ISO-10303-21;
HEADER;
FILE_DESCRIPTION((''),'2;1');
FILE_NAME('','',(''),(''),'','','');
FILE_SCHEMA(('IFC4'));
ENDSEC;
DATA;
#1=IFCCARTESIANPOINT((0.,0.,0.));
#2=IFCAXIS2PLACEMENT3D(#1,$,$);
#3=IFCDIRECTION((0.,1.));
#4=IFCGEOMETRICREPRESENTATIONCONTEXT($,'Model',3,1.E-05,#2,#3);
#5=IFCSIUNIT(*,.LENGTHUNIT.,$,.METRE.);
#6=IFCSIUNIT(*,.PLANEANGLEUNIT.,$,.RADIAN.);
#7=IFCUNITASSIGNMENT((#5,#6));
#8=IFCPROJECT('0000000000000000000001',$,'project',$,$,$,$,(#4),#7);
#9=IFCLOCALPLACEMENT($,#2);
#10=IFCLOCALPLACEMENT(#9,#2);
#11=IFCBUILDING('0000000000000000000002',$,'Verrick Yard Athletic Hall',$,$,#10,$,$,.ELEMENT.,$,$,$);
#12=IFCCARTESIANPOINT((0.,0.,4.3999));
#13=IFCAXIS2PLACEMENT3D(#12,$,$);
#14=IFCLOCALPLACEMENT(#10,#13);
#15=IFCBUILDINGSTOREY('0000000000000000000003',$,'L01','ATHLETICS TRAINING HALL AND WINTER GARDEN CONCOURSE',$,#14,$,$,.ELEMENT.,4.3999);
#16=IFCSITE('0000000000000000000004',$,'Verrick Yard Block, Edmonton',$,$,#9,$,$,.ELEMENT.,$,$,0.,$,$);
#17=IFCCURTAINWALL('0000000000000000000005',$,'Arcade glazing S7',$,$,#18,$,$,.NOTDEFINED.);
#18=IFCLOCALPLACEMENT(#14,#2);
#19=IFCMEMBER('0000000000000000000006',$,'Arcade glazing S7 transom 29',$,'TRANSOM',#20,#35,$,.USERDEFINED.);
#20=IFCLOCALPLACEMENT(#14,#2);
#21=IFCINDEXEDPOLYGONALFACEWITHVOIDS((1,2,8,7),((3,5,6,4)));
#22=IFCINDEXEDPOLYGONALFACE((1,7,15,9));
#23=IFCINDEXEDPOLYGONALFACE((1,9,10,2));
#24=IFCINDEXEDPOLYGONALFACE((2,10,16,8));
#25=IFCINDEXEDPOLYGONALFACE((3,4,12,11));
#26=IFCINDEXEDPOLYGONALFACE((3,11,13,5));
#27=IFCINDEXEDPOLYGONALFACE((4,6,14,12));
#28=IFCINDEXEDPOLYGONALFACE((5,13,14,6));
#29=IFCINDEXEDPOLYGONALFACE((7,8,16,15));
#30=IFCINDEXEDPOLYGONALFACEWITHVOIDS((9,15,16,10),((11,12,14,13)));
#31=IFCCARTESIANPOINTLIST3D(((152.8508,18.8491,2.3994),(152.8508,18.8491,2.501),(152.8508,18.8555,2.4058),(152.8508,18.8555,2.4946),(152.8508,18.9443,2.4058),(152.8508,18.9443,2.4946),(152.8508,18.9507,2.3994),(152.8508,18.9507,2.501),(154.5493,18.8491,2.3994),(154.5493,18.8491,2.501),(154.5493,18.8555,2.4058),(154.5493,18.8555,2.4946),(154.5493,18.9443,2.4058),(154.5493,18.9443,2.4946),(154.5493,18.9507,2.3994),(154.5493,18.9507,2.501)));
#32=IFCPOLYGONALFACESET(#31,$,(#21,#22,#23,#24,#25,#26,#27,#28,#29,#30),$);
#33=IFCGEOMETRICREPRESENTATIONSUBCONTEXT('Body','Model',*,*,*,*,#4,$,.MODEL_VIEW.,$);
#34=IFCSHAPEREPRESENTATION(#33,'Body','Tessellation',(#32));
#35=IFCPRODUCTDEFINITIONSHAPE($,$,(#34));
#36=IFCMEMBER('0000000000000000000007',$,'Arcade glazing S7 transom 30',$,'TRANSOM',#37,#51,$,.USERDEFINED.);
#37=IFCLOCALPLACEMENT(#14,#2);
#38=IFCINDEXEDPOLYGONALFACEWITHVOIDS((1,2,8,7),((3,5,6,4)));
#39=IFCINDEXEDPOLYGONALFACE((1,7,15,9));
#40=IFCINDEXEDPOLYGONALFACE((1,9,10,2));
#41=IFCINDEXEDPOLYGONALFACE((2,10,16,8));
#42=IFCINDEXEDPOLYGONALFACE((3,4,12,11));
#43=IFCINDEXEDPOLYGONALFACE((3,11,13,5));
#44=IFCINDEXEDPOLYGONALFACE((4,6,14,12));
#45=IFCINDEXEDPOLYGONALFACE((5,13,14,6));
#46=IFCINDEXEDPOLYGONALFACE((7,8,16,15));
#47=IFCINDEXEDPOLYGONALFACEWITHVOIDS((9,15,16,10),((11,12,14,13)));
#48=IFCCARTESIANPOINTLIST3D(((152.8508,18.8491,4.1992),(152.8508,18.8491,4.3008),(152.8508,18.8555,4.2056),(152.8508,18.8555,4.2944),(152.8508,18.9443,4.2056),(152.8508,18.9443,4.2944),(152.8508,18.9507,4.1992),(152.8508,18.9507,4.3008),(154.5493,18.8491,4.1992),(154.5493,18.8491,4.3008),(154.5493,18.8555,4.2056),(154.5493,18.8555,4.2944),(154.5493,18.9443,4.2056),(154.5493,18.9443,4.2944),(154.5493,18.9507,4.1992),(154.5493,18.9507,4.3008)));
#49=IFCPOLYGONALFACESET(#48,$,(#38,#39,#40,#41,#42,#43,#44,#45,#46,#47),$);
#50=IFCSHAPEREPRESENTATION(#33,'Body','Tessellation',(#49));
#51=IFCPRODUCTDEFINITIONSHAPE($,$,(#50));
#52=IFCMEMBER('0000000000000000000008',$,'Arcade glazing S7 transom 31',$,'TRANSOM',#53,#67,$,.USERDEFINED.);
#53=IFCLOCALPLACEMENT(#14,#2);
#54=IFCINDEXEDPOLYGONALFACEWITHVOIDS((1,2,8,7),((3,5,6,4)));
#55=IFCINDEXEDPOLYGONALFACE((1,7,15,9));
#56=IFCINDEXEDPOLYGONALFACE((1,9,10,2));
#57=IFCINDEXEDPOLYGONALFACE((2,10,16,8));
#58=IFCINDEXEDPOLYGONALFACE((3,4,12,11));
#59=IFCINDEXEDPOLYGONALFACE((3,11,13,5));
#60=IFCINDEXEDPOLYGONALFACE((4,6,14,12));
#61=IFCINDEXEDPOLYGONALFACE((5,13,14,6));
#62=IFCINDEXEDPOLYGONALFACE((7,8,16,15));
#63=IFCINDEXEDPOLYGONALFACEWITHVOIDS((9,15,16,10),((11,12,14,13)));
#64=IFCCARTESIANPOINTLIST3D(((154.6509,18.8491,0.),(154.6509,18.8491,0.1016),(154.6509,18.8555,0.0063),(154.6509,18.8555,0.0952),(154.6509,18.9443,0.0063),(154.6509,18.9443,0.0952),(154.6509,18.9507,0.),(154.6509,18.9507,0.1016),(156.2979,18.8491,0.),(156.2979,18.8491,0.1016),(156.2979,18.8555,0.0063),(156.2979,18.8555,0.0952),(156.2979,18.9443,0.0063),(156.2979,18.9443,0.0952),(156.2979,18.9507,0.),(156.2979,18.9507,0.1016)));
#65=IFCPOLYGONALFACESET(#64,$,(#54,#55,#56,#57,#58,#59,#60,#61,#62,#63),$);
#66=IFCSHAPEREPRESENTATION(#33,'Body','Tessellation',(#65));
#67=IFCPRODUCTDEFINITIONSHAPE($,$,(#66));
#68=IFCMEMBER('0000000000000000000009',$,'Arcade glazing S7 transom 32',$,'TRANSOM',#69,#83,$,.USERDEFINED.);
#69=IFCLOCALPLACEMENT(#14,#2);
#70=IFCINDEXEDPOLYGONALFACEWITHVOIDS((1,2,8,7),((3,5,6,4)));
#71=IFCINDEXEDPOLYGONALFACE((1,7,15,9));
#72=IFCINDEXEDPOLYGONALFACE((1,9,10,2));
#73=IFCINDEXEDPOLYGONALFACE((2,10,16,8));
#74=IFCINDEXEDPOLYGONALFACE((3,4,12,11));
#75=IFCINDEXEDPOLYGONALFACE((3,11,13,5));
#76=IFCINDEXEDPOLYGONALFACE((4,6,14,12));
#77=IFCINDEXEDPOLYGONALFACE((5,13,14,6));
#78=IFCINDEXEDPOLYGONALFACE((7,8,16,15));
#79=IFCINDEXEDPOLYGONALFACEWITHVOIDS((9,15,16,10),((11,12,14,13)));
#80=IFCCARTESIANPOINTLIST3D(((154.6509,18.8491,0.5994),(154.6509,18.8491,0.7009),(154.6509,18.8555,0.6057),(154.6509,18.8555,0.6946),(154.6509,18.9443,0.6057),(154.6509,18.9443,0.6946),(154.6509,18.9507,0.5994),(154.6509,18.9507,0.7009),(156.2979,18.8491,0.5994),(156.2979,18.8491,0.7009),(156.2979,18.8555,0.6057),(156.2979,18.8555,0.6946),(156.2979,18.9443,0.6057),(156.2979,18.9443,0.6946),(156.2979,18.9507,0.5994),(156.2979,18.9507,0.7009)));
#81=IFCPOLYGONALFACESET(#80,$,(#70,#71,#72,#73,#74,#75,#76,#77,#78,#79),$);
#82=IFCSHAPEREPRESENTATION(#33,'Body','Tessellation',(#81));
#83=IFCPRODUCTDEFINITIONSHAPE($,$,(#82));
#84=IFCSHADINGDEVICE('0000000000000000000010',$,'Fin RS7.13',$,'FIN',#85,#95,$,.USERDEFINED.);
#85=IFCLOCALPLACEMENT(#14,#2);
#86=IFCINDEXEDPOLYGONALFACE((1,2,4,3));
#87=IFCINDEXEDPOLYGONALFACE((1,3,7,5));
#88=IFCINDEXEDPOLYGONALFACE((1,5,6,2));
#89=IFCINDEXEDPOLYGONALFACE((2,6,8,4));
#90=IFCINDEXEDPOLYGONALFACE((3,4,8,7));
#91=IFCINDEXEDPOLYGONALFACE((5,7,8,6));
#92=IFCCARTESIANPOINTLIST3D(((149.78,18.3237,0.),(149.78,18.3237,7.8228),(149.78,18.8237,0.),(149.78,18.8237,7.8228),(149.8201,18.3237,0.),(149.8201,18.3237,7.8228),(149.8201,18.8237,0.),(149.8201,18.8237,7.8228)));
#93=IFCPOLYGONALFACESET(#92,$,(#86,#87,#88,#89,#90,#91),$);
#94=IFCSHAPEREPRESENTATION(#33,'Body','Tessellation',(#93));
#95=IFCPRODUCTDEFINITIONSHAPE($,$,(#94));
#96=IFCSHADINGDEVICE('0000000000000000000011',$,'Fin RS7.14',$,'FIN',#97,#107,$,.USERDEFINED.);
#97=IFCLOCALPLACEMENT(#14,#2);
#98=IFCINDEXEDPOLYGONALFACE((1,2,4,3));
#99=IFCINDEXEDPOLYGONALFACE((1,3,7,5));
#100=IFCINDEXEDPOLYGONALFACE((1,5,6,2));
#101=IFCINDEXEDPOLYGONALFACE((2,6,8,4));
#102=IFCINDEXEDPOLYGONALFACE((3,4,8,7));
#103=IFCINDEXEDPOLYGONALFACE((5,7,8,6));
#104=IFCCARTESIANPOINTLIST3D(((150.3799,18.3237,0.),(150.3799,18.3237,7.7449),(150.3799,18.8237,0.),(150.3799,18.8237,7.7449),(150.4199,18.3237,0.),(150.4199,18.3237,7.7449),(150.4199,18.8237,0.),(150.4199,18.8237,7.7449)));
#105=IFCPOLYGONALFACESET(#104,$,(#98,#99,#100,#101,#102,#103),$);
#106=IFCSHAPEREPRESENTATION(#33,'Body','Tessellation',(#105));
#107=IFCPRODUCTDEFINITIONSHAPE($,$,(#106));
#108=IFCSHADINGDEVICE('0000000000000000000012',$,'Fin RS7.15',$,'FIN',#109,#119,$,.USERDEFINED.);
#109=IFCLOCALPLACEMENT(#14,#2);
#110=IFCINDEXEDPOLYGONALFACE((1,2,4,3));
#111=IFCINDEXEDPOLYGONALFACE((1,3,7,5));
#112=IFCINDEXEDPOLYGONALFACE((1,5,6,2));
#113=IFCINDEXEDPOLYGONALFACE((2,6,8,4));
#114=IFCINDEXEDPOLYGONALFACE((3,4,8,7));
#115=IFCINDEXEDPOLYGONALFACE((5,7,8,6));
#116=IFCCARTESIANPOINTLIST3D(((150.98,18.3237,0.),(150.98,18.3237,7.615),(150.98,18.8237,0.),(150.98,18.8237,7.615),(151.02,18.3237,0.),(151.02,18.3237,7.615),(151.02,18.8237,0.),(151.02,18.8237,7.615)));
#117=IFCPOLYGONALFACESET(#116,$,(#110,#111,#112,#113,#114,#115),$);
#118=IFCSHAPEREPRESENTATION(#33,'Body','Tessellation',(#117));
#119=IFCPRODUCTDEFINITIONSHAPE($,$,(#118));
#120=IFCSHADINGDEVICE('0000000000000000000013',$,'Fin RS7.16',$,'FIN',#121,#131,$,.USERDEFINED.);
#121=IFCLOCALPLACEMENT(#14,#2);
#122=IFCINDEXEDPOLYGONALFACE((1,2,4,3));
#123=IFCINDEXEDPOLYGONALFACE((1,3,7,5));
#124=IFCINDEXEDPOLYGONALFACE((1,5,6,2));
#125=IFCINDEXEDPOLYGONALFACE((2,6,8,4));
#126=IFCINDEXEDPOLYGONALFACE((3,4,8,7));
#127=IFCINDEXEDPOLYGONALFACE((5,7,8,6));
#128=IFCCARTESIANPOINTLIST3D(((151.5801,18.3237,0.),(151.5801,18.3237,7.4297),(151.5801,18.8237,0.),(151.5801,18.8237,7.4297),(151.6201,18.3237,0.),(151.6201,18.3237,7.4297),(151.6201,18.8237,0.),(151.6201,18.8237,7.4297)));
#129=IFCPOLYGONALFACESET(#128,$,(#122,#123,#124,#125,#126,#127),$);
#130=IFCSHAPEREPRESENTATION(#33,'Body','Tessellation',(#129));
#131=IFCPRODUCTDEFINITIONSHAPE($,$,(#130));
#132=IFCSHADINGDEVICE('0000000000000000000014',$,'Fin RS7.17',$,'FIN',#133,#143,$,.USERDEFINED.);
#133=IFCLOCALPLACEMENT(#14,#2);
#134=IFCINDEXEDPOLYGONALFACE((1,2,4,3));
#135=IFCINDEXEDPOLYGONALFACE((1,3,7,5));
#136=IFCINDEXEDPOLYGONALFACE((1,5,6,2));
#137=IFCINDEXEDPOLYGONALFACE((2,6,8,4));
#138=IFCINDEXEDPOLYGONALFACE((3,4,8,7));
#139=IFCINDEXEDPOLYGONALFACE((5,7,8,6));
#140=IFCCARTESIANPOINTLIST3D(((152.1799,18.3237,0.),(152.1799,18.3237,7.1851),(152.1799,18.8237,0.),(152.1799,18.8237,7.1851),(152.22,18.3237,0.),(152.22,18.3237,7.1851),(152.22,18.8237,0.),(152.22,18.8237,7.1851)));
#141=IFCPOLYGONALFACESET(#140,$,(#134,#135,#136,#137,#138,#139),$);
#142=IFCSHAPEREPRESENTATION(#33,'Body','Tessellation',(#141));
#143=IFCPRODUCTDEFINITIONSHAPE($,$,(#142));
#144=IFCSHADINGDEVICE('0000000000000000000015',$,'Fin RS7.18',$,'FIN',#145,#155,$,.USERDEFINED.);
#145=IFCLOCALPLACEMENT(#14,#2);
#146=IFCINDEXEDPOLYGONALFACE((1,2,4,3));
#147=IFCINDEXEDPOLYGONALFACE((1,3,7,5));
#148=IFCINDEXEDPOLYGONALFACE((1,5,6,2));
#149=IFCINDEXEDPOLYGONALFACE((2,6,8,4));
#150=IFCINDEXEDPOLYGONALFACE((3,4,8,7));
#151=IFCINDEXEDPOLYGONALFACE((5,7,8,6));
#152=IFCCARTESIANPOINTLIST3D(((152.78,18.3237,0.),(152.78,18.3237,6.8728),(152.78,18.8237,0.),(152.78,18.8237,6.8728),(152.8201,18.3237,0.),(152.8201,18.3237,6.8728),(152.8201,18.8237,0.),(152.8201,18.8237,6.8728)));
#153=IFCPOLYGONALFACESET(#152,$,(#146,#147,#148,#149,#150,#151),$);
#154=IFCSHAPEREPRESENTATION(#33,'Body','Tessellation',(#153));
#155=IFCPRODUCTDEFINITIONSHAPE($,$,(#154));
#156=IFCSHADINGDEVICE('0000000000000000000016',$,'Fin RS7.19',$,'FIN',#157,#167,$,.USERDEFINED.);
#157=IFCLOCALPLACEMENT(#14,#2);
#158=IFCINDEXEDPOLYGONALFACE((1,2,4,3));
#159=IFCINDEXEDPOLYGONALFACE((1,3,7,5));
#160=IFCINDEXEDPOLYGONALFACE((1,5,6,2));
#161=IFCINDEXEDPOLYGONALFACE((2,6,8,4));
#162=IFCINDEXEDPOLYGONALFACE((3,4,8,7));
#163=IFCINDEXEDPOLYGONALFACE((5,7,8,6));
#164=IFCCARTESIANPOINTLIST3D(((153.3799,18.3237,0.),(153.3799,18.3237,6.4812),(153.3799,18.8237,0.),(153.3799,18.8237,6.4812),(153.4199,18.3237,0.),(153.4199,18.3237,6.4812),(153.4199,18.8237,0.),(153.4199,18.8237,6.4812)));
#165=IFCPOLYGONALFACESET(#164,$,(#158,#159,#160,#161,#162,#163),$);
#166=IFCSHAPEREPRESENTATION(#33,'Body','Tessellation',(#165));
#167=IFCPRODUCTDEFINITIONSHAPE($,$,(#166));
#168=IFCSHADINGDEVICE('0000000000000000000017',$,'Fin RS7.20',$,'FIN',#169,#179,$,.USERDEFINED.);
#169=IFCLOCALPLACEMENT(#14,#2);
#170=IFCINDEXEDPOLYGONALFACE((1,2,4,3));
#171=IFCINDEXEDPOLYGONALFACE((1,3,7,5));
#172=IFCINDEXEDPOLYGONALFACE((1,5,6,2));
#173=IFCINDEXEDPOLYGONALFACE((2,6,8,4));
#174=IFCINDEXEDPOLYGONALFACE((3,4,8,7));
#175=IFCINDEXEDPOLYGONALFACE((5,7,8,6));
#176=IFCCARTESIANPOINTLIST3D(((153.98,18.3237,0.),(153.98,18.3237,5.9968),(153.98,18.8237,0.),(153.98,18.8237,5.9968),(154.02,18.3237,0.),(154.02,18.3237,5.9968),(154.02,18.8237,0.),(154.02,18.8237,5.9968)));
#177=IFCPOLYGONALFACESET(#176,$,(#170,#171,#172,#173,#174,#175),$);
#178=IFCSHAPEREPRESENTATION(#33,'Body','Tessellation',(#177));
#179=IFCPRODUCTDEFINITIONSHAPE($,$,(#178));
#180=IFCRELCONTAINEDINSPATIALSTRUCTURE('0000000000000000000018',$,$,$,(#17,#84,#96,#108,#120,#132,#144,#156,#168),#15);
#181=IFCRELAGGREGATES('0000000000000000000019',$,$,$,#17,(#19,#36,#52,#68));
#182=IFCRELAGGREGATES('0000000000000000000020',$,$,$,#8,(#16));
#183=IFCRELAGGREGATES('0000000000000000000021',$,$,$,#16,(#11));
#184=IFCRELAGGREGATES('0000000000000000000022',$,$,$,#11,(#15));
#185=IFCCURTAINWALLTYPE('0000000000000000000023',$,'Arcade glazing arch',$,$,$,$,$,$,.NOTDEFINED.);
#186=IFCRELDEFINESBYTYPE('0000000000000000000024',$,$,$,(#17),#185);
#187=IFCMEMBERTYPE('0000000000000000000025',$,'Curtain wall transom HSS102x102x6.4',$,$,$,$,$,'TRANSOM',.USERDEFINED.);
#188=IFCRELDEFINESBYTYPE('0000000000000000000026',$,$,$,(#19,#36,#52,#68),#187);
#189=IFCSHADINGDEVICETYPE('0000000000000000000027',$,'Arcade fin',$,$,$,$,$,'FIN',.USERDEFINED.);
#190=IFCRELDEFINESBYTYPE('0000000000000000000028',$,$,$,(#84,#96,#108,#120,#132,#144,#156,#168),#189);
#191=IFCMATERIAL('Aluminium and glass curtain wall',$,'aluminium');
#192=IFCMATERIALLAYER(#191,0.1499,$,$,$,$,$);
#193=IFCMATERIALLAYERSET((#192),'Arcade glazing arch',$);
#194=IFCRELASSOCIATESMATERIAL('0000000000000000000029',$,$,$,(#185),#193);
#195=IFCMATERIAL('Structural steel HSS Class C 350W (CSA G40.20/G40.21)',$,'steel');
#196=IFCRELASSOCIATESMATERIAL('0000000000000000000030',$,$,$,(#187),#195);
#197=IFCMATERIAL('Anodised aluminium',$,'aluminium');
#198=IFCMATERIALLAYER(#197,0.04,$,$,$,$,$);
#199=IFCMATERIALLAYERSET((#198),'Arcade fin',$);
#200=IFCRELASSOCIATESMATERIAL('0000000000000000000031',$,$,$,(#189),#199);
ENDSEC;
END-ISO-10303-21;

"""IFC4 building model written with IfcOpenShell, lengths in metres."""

from ifc_helpers import new_model, si_unit, direction, frame, origin, origin_2d, place, context, subcontext, project, spatial, polyline, hollow_rectangle, outline, extrude, material, layer, layer_set, material_profile, profile_set, type_object, element, aggregate, save


model = new_model("IFC4")

# Units and contexts
model_context = context("Model", 3, precision=1e-05, world=origin(), true_north=direction((0.0, 1.0)))
body_context = subcontext(model_context, "Body", "Model", "MODEL_VIEW")
ifc_project = project(units=[si_unit("LENGTHUNIT", "METRE"), si_unit("PLANEANGLEUNIT", "RADIAN")], contexts=[model_context])

# Site, building, storey
site_placement = place(None, origin())
site = spatial("IfcSite", under=ifc_project, at=site_placement, Name="Verrick Yard Block, Edmonton", CompositionType="ELEMENT", RefElevation=0.0)
building_placement = place(site_placement, origin())
building = spatial("IfcBuilding", under=site, at=building_placement, Name="Verrick Yard Athletic Hall", CompositionType="ELEMENT")
storey_placement = place(building_placement, frame((0.0, 0.0, 4.3999)))
storey = spatial("IfcBuildingStorey", under=building, at=storey_placement, Name="L01", Description="ATHLETICS TRAINING HALL AND WINTER GARDEN CONCOURSE", CompositionType="ELEMENT", Elevation=4.3999)

# Curtain wall, members
ifc_material_1 = material(Name="Aluminium and glass curtain wall", Category="aluminium")
ifc_layer_1 = layer(ifc_material_1, 0.1499)
ifc_layer_set_1 = layer_set([ifc_layer_1], Name="Arcade glazing arch")
curtain_wall_type = type_object("IfcCurtainWallType", Name="Arcade glazing arch", PredefinedType="NOTDEFINED", material=ifc_layer_set_1)
curtain_wall_placement = place(storey_placement, origin())
curtain_wall = element("IfcCurtainWall", 1, at=curtain_wall_placement, inside=storey, type_object=curtain_wall_type, Name="Arcade glazing S7", PredefinedType="NOTDEFINED")
ifc_material_2 = material(Name="Structural steel HSS Class C 350W (CSA G40.20/G40.21)", Category="steel")
ifc_material_profile_1 = material_profile(ifc_material_2, hollow_rectangle(XDim=0.1016, YDim=0.1016, WallThickness=0.0063, at=origin_2d()), Name="HSS102x102x6.4")
ifc_profile_set_1 = profile_set([ifc_material_profile_1], Name="Structural steel HSS Class C 350W (CSA G40.20/G40.21)")
member_type_1 = type_object("IfcMemberType", Name="Curtain wall transom HSS102x102x6.4", ElementType="TRANSOM", PredefinedType="USERDEFINED", material=ifc_profile_set_1)
member_1_placement = place(storey_placement, frame((152.8508, 18.8999, 2.4502), z_axis=(1.0, 0.0, 0.0), x_axis=(0.0, 1.0, 0.0)))
member_1 = element("IfcMember", 2, at=member_1_placement, type_object=member_type_1, Name="Arcade glazing S7 transom 29", ObjectType="TRANSOM", PredefinedType="USERDEFINED", context=body_context, shape_type="SweptSolid", body=[
    extrude(hollow_rectangle(XDim=0.1016, YDim=0.1016, WallThickness=0.0063, at=origin_2d()), origin(), (0.0, 0.0, 1.0), 1.6985),
])
member_2_placement = place(storey_placement, frame((152.8508, 18.8999, 4.25), z_axis=(1.0, 0.0, 0.0), x_axis=(0.0, 1.0, 0.0)))
member_2 = element("IfcMember", 3, at=member_2_placement, type_object=member_type_1, Name="Arcade glazing S7 transom 30", ObjectType="TRANSOM", PredefinedType="USERDEFINED", context=body_context, shape_type="SweptSolid", body=[
    extrude(hollow_rectangle(XDim=0.1016, YDim=0.1016, WallThickness=0.0063, at=origin_2d()), origin(), (0.0, 0.0, 1.0), 1.6985),
])
member_3_placement = place(storey_placement, frame((154.6509, 18.8999, 0.0508), z_axis=(1.0, 0.0, 0.0), x_axis=(0.0, 1.0, 0.0)))
member_3 = element("IfcMember", 4, at=member_3_placement, type_object=member_type_1, Name="Arcade glazing S7 transom 31", ObjectType="TRANSOM", PredefinedType="USERDEFINED", context=body_context, shape_type="SweptSolid", body=[
    extrude(hollow_rectangle(XDim=0.1016, YDim=0.1016, WallThickness=0.0063, at=origin_2d()), origin(), (0.0, 0.0, 1.0), 1.647),
])
member_4_placement = place(storey_placement, frame((154.6509, 18.8999, 0.6501), z_axis=(1.0, 0.0, 0.0), x_axis=(0.0, 1.0, 0.0)))
member_4 = element("IfcMember", 5, at=member_4_placement, type_object=member_type_1, Name="Arcade glazing S7 transom 32", ObjectType="TRANSOM", PredefinedType="USERDEFINED", context=body_context, shape_type="SweptSolid", body=[
    extrude(hollow_rectangle(XDim=0.1016, YDim=0.1016, WallThickness=0.0063, at=origin_2d()), origin(), (0.0, 0.0, 1.0), 1.647),
])
aggregate(curtain_wall, [member_1, member_2, member_3, member_4])

# Shading devices
ifc_material_3 = material(Name="Anodised aluminium", Category="aluminium")
ifc_layer_2 = layer(ifc_material_3, 0.04)
ifc_layer_set_2 = layer_set([ifc_layer_2], Name="Arcade fin")
shading_device_type = type_object("IfcShadingDeviceType", Name="Arcade fin", ElementType="FIN", PredefinedType="USERDEFINED", material=ifc_layer_set_2)
shading_device_1_placement = place(storey_placement, frame((149.8, 18.8237, 0.0), z_axis=(0.0, 0.0, 1.0), x_axis=(0.0, -1.0, 0.0)))
element("IfcShadingDevice", 6, at=shading_device_1_placement, inside=storey, type_object=shading_device_type, Name="Fin RS7.13", ObjectType="FIN", PredefinedType="USERDEFINED", context=body_context, shape_type="SweptSolid", body=[
    extrude(outline(polyline([(0.0, 0.0), (0.5, 0.0), (0.5, 7.8228), (0.0, 7.8228), (0.0, 0.0)])), frame((0.0, 0.02, 0.0), z_axis=(0.0, -1.0, 0.0), x_axis=(1.0, 0.0, 0.0)), (0.0, 0.0, 1.0), 0.04),
])
shading_device_2_placement = place(storey_placement, frame((150.3999, 18.8237, 0.0), z_axis=(0.0, 0.0, 1.0), x_axis=(0.0, -1.0, 0.0)))
element("IfcShadingDevice", 7, at=shading_device_2_placement, inside=storey, type_object=shading_device_type, Name="Fin RS7.14", ObjectType="FIN", PredefinedType="USERDEFINED", context=body_context, shape_type="SweptSolid", body=[
    extrude(outline(polyline([(0.0, 0.0), (0.5, 0.0), (0.5, 7.7449), (0.0, 7.7449), (0.0, 0.0)])), frame((0.0, 0.02, 0.0), z_axis=(0.0, -1.0, 0.0), x_axis=(1.0, 0.0, 0.0)), (0.0, 0.0, 1.0), 0.04),
])
shading_device_3_placement = place(storey_placement, frame((151.0, 18.8237, 0.0), z_axis=(0.0, 0.0, 1.0), x_axis=(0.0, -1.0, 0.0)))
element("IfcShadingDevice", 8, at=shading_device_3_placement, inside=storey, type_object=shading_device_type, Name="Fin RS7.15", ObjectType="FIN", PredefinedType="USERDEFINED", context=body_context, shape_type="SweptSolid", body=[
    extrude(outline(polyline([(0.0, 0.0), (0.5, 0.0), (0.5, 7.615), (0.0, 7.615), (0.0, 0.0)])), frame((0.0, 0.02, 0.0), z_axis=(0.0, -1.0, 0.0), x_axis=(1.0, 0.0, 0.0)), (0.0, 0.0, 1.0), 0.04),
])
shading_device_4_placement = place(storey_placement, frame((151.6001, 18.8237, 0.0), z_axis=(0.0, 0.0, 1.0), x_axis=(0.0, -1.0, 0.0)))
element("IfcShadingDevice", 9, at=shading_device_4_placement, inside=storey, type_object=shading_device_type, Name="Fin RS7.16", ObjectType="FIN", PredefinedType="USERDEFINED", context=body_context, shape_type="SweptSolid", body=[
    extrude(outline(polyline([(0.0, 0.0), (0.5, 0.0), (0.5, 7.4297), (0.0, 7.4297), (0.0, 0.0)])), frame((0.0, 0.02, 0.0), z_axis=(0.0, -1.0, 0.0), x_axis=(1.0, 0.0, 0.0)), (0.0, 0.0, 1.0), 0.04),
])
shading_device_5_placement = place(storey_placement, frame((152.2, 18.8237, 0.0), z_axis=(0.0, 0.0, 1.0), x_axis=(0.0, -1.0, 0.0)))
element("IfcShadingDevice", 10, at=shading_device_5_placement, inside=storey, type_object=shading_device_type, Name="Fin RS7.17", ObjectType="FIN", PredefinedType="USERDEFINED", context=body_context, shape_type="SweptSolid", body=[
    extrude(outline(polyline([(0.0, 0.0), (0.5, 0.0), (0.5, 7.1851), (0.0, 7.1851), (0.0, 0.0)])), frame((0.0, 0.02, 0.0), z_axis=(0.0, -1.0, 0.0), x_axis=(1.0, 0.0, 0.0)), (0.0, 0.0, 1.0), 0.04),
])
shading_device_6_placement = place(storey_placement, frame((152.8, 18.8237, 0.0), z_axis=(0.0, 0.0, 1.0), x_axis=(0.0, -1.0, 0.0)))
element("IfcShadingDevice", 11, at=shading_device_6_placement, inside=storey, type_object=shading_device_type, Name="Fin RS7.18", ObjectType="FIN", PredefinedType="USERDEFINED", context=body_context, shape_type="SweptSolid", body=[
    extrude(outline(polyline([(0.0, 0.0), (0.5, 0.0), (0.5, 6.8728), (0.0, 6.8728), (0.0, 0.0)])), frame((0.0, 0.02, 0.0), z_axis=(0.0, -1.0, 0.0), x_axis=(1.0, 0.0, 0.0)), (0.0, 0.0, 1.0), 0.04),
])
shading_device_7_placement = place(storey_placement, frame((153.3999, 18.8237, 0.0), z_axis=(0.0, 0.0, 1.0), x_axis=(0.0, -1.0, 0.0)))
element("IfcShadingDevice", 12, at=shading_device_7_placement, inside=storey, type_object=shading_device_type, Name="Fin RS7.19", ObjectType="FIN", PredefinedType="USERDEFINED", context=body_context, shape_type="SweptSolid", body=[
    extrude(outline(polyline([(0.0, 0.0), (0.5, 0.0), (0.5, 6.4812), (0.0, 6.4812), (0.0, 0.0)])), frame((0.0, 0.02, 0.0), z_axis=(0.0, -1.0, 0.0), x_axis=(1.0, 0.0, 0.0)), (0.0, 0.0, 1.0), 0.04),
])
shading_device_8_placement = place(storey_placement, frame((154.0, 18.8237, 0.0), z_axis=(0.0, 0.0, 1.0), x_axis=(0.0, -1.0, 0.0)))
element("IfcShadingDevice", 13, at=shading_device_8_placement, inside=storey, type_object=shading_device_type, Name="Fin RS7.20", ObjectType="FIN", PredefinedType="USERDEFINED", context=body_context, shape_type="SweptSolid", body=[
    extrude(outline(polyline([(0.0, 0.0), (0.5, 0.0), (0.5, 5.9968), (0.0, 5.9968), (0.0, 0.0)])), frame((0.0, 0.02, 0.0), z_axis=(0.0, -1.0, 0.0), x_axis=(1.0, 0.0, 0.0)), (0.0, 0.0, 1.0), 0.04),
])

save(model, "model.ifc")
